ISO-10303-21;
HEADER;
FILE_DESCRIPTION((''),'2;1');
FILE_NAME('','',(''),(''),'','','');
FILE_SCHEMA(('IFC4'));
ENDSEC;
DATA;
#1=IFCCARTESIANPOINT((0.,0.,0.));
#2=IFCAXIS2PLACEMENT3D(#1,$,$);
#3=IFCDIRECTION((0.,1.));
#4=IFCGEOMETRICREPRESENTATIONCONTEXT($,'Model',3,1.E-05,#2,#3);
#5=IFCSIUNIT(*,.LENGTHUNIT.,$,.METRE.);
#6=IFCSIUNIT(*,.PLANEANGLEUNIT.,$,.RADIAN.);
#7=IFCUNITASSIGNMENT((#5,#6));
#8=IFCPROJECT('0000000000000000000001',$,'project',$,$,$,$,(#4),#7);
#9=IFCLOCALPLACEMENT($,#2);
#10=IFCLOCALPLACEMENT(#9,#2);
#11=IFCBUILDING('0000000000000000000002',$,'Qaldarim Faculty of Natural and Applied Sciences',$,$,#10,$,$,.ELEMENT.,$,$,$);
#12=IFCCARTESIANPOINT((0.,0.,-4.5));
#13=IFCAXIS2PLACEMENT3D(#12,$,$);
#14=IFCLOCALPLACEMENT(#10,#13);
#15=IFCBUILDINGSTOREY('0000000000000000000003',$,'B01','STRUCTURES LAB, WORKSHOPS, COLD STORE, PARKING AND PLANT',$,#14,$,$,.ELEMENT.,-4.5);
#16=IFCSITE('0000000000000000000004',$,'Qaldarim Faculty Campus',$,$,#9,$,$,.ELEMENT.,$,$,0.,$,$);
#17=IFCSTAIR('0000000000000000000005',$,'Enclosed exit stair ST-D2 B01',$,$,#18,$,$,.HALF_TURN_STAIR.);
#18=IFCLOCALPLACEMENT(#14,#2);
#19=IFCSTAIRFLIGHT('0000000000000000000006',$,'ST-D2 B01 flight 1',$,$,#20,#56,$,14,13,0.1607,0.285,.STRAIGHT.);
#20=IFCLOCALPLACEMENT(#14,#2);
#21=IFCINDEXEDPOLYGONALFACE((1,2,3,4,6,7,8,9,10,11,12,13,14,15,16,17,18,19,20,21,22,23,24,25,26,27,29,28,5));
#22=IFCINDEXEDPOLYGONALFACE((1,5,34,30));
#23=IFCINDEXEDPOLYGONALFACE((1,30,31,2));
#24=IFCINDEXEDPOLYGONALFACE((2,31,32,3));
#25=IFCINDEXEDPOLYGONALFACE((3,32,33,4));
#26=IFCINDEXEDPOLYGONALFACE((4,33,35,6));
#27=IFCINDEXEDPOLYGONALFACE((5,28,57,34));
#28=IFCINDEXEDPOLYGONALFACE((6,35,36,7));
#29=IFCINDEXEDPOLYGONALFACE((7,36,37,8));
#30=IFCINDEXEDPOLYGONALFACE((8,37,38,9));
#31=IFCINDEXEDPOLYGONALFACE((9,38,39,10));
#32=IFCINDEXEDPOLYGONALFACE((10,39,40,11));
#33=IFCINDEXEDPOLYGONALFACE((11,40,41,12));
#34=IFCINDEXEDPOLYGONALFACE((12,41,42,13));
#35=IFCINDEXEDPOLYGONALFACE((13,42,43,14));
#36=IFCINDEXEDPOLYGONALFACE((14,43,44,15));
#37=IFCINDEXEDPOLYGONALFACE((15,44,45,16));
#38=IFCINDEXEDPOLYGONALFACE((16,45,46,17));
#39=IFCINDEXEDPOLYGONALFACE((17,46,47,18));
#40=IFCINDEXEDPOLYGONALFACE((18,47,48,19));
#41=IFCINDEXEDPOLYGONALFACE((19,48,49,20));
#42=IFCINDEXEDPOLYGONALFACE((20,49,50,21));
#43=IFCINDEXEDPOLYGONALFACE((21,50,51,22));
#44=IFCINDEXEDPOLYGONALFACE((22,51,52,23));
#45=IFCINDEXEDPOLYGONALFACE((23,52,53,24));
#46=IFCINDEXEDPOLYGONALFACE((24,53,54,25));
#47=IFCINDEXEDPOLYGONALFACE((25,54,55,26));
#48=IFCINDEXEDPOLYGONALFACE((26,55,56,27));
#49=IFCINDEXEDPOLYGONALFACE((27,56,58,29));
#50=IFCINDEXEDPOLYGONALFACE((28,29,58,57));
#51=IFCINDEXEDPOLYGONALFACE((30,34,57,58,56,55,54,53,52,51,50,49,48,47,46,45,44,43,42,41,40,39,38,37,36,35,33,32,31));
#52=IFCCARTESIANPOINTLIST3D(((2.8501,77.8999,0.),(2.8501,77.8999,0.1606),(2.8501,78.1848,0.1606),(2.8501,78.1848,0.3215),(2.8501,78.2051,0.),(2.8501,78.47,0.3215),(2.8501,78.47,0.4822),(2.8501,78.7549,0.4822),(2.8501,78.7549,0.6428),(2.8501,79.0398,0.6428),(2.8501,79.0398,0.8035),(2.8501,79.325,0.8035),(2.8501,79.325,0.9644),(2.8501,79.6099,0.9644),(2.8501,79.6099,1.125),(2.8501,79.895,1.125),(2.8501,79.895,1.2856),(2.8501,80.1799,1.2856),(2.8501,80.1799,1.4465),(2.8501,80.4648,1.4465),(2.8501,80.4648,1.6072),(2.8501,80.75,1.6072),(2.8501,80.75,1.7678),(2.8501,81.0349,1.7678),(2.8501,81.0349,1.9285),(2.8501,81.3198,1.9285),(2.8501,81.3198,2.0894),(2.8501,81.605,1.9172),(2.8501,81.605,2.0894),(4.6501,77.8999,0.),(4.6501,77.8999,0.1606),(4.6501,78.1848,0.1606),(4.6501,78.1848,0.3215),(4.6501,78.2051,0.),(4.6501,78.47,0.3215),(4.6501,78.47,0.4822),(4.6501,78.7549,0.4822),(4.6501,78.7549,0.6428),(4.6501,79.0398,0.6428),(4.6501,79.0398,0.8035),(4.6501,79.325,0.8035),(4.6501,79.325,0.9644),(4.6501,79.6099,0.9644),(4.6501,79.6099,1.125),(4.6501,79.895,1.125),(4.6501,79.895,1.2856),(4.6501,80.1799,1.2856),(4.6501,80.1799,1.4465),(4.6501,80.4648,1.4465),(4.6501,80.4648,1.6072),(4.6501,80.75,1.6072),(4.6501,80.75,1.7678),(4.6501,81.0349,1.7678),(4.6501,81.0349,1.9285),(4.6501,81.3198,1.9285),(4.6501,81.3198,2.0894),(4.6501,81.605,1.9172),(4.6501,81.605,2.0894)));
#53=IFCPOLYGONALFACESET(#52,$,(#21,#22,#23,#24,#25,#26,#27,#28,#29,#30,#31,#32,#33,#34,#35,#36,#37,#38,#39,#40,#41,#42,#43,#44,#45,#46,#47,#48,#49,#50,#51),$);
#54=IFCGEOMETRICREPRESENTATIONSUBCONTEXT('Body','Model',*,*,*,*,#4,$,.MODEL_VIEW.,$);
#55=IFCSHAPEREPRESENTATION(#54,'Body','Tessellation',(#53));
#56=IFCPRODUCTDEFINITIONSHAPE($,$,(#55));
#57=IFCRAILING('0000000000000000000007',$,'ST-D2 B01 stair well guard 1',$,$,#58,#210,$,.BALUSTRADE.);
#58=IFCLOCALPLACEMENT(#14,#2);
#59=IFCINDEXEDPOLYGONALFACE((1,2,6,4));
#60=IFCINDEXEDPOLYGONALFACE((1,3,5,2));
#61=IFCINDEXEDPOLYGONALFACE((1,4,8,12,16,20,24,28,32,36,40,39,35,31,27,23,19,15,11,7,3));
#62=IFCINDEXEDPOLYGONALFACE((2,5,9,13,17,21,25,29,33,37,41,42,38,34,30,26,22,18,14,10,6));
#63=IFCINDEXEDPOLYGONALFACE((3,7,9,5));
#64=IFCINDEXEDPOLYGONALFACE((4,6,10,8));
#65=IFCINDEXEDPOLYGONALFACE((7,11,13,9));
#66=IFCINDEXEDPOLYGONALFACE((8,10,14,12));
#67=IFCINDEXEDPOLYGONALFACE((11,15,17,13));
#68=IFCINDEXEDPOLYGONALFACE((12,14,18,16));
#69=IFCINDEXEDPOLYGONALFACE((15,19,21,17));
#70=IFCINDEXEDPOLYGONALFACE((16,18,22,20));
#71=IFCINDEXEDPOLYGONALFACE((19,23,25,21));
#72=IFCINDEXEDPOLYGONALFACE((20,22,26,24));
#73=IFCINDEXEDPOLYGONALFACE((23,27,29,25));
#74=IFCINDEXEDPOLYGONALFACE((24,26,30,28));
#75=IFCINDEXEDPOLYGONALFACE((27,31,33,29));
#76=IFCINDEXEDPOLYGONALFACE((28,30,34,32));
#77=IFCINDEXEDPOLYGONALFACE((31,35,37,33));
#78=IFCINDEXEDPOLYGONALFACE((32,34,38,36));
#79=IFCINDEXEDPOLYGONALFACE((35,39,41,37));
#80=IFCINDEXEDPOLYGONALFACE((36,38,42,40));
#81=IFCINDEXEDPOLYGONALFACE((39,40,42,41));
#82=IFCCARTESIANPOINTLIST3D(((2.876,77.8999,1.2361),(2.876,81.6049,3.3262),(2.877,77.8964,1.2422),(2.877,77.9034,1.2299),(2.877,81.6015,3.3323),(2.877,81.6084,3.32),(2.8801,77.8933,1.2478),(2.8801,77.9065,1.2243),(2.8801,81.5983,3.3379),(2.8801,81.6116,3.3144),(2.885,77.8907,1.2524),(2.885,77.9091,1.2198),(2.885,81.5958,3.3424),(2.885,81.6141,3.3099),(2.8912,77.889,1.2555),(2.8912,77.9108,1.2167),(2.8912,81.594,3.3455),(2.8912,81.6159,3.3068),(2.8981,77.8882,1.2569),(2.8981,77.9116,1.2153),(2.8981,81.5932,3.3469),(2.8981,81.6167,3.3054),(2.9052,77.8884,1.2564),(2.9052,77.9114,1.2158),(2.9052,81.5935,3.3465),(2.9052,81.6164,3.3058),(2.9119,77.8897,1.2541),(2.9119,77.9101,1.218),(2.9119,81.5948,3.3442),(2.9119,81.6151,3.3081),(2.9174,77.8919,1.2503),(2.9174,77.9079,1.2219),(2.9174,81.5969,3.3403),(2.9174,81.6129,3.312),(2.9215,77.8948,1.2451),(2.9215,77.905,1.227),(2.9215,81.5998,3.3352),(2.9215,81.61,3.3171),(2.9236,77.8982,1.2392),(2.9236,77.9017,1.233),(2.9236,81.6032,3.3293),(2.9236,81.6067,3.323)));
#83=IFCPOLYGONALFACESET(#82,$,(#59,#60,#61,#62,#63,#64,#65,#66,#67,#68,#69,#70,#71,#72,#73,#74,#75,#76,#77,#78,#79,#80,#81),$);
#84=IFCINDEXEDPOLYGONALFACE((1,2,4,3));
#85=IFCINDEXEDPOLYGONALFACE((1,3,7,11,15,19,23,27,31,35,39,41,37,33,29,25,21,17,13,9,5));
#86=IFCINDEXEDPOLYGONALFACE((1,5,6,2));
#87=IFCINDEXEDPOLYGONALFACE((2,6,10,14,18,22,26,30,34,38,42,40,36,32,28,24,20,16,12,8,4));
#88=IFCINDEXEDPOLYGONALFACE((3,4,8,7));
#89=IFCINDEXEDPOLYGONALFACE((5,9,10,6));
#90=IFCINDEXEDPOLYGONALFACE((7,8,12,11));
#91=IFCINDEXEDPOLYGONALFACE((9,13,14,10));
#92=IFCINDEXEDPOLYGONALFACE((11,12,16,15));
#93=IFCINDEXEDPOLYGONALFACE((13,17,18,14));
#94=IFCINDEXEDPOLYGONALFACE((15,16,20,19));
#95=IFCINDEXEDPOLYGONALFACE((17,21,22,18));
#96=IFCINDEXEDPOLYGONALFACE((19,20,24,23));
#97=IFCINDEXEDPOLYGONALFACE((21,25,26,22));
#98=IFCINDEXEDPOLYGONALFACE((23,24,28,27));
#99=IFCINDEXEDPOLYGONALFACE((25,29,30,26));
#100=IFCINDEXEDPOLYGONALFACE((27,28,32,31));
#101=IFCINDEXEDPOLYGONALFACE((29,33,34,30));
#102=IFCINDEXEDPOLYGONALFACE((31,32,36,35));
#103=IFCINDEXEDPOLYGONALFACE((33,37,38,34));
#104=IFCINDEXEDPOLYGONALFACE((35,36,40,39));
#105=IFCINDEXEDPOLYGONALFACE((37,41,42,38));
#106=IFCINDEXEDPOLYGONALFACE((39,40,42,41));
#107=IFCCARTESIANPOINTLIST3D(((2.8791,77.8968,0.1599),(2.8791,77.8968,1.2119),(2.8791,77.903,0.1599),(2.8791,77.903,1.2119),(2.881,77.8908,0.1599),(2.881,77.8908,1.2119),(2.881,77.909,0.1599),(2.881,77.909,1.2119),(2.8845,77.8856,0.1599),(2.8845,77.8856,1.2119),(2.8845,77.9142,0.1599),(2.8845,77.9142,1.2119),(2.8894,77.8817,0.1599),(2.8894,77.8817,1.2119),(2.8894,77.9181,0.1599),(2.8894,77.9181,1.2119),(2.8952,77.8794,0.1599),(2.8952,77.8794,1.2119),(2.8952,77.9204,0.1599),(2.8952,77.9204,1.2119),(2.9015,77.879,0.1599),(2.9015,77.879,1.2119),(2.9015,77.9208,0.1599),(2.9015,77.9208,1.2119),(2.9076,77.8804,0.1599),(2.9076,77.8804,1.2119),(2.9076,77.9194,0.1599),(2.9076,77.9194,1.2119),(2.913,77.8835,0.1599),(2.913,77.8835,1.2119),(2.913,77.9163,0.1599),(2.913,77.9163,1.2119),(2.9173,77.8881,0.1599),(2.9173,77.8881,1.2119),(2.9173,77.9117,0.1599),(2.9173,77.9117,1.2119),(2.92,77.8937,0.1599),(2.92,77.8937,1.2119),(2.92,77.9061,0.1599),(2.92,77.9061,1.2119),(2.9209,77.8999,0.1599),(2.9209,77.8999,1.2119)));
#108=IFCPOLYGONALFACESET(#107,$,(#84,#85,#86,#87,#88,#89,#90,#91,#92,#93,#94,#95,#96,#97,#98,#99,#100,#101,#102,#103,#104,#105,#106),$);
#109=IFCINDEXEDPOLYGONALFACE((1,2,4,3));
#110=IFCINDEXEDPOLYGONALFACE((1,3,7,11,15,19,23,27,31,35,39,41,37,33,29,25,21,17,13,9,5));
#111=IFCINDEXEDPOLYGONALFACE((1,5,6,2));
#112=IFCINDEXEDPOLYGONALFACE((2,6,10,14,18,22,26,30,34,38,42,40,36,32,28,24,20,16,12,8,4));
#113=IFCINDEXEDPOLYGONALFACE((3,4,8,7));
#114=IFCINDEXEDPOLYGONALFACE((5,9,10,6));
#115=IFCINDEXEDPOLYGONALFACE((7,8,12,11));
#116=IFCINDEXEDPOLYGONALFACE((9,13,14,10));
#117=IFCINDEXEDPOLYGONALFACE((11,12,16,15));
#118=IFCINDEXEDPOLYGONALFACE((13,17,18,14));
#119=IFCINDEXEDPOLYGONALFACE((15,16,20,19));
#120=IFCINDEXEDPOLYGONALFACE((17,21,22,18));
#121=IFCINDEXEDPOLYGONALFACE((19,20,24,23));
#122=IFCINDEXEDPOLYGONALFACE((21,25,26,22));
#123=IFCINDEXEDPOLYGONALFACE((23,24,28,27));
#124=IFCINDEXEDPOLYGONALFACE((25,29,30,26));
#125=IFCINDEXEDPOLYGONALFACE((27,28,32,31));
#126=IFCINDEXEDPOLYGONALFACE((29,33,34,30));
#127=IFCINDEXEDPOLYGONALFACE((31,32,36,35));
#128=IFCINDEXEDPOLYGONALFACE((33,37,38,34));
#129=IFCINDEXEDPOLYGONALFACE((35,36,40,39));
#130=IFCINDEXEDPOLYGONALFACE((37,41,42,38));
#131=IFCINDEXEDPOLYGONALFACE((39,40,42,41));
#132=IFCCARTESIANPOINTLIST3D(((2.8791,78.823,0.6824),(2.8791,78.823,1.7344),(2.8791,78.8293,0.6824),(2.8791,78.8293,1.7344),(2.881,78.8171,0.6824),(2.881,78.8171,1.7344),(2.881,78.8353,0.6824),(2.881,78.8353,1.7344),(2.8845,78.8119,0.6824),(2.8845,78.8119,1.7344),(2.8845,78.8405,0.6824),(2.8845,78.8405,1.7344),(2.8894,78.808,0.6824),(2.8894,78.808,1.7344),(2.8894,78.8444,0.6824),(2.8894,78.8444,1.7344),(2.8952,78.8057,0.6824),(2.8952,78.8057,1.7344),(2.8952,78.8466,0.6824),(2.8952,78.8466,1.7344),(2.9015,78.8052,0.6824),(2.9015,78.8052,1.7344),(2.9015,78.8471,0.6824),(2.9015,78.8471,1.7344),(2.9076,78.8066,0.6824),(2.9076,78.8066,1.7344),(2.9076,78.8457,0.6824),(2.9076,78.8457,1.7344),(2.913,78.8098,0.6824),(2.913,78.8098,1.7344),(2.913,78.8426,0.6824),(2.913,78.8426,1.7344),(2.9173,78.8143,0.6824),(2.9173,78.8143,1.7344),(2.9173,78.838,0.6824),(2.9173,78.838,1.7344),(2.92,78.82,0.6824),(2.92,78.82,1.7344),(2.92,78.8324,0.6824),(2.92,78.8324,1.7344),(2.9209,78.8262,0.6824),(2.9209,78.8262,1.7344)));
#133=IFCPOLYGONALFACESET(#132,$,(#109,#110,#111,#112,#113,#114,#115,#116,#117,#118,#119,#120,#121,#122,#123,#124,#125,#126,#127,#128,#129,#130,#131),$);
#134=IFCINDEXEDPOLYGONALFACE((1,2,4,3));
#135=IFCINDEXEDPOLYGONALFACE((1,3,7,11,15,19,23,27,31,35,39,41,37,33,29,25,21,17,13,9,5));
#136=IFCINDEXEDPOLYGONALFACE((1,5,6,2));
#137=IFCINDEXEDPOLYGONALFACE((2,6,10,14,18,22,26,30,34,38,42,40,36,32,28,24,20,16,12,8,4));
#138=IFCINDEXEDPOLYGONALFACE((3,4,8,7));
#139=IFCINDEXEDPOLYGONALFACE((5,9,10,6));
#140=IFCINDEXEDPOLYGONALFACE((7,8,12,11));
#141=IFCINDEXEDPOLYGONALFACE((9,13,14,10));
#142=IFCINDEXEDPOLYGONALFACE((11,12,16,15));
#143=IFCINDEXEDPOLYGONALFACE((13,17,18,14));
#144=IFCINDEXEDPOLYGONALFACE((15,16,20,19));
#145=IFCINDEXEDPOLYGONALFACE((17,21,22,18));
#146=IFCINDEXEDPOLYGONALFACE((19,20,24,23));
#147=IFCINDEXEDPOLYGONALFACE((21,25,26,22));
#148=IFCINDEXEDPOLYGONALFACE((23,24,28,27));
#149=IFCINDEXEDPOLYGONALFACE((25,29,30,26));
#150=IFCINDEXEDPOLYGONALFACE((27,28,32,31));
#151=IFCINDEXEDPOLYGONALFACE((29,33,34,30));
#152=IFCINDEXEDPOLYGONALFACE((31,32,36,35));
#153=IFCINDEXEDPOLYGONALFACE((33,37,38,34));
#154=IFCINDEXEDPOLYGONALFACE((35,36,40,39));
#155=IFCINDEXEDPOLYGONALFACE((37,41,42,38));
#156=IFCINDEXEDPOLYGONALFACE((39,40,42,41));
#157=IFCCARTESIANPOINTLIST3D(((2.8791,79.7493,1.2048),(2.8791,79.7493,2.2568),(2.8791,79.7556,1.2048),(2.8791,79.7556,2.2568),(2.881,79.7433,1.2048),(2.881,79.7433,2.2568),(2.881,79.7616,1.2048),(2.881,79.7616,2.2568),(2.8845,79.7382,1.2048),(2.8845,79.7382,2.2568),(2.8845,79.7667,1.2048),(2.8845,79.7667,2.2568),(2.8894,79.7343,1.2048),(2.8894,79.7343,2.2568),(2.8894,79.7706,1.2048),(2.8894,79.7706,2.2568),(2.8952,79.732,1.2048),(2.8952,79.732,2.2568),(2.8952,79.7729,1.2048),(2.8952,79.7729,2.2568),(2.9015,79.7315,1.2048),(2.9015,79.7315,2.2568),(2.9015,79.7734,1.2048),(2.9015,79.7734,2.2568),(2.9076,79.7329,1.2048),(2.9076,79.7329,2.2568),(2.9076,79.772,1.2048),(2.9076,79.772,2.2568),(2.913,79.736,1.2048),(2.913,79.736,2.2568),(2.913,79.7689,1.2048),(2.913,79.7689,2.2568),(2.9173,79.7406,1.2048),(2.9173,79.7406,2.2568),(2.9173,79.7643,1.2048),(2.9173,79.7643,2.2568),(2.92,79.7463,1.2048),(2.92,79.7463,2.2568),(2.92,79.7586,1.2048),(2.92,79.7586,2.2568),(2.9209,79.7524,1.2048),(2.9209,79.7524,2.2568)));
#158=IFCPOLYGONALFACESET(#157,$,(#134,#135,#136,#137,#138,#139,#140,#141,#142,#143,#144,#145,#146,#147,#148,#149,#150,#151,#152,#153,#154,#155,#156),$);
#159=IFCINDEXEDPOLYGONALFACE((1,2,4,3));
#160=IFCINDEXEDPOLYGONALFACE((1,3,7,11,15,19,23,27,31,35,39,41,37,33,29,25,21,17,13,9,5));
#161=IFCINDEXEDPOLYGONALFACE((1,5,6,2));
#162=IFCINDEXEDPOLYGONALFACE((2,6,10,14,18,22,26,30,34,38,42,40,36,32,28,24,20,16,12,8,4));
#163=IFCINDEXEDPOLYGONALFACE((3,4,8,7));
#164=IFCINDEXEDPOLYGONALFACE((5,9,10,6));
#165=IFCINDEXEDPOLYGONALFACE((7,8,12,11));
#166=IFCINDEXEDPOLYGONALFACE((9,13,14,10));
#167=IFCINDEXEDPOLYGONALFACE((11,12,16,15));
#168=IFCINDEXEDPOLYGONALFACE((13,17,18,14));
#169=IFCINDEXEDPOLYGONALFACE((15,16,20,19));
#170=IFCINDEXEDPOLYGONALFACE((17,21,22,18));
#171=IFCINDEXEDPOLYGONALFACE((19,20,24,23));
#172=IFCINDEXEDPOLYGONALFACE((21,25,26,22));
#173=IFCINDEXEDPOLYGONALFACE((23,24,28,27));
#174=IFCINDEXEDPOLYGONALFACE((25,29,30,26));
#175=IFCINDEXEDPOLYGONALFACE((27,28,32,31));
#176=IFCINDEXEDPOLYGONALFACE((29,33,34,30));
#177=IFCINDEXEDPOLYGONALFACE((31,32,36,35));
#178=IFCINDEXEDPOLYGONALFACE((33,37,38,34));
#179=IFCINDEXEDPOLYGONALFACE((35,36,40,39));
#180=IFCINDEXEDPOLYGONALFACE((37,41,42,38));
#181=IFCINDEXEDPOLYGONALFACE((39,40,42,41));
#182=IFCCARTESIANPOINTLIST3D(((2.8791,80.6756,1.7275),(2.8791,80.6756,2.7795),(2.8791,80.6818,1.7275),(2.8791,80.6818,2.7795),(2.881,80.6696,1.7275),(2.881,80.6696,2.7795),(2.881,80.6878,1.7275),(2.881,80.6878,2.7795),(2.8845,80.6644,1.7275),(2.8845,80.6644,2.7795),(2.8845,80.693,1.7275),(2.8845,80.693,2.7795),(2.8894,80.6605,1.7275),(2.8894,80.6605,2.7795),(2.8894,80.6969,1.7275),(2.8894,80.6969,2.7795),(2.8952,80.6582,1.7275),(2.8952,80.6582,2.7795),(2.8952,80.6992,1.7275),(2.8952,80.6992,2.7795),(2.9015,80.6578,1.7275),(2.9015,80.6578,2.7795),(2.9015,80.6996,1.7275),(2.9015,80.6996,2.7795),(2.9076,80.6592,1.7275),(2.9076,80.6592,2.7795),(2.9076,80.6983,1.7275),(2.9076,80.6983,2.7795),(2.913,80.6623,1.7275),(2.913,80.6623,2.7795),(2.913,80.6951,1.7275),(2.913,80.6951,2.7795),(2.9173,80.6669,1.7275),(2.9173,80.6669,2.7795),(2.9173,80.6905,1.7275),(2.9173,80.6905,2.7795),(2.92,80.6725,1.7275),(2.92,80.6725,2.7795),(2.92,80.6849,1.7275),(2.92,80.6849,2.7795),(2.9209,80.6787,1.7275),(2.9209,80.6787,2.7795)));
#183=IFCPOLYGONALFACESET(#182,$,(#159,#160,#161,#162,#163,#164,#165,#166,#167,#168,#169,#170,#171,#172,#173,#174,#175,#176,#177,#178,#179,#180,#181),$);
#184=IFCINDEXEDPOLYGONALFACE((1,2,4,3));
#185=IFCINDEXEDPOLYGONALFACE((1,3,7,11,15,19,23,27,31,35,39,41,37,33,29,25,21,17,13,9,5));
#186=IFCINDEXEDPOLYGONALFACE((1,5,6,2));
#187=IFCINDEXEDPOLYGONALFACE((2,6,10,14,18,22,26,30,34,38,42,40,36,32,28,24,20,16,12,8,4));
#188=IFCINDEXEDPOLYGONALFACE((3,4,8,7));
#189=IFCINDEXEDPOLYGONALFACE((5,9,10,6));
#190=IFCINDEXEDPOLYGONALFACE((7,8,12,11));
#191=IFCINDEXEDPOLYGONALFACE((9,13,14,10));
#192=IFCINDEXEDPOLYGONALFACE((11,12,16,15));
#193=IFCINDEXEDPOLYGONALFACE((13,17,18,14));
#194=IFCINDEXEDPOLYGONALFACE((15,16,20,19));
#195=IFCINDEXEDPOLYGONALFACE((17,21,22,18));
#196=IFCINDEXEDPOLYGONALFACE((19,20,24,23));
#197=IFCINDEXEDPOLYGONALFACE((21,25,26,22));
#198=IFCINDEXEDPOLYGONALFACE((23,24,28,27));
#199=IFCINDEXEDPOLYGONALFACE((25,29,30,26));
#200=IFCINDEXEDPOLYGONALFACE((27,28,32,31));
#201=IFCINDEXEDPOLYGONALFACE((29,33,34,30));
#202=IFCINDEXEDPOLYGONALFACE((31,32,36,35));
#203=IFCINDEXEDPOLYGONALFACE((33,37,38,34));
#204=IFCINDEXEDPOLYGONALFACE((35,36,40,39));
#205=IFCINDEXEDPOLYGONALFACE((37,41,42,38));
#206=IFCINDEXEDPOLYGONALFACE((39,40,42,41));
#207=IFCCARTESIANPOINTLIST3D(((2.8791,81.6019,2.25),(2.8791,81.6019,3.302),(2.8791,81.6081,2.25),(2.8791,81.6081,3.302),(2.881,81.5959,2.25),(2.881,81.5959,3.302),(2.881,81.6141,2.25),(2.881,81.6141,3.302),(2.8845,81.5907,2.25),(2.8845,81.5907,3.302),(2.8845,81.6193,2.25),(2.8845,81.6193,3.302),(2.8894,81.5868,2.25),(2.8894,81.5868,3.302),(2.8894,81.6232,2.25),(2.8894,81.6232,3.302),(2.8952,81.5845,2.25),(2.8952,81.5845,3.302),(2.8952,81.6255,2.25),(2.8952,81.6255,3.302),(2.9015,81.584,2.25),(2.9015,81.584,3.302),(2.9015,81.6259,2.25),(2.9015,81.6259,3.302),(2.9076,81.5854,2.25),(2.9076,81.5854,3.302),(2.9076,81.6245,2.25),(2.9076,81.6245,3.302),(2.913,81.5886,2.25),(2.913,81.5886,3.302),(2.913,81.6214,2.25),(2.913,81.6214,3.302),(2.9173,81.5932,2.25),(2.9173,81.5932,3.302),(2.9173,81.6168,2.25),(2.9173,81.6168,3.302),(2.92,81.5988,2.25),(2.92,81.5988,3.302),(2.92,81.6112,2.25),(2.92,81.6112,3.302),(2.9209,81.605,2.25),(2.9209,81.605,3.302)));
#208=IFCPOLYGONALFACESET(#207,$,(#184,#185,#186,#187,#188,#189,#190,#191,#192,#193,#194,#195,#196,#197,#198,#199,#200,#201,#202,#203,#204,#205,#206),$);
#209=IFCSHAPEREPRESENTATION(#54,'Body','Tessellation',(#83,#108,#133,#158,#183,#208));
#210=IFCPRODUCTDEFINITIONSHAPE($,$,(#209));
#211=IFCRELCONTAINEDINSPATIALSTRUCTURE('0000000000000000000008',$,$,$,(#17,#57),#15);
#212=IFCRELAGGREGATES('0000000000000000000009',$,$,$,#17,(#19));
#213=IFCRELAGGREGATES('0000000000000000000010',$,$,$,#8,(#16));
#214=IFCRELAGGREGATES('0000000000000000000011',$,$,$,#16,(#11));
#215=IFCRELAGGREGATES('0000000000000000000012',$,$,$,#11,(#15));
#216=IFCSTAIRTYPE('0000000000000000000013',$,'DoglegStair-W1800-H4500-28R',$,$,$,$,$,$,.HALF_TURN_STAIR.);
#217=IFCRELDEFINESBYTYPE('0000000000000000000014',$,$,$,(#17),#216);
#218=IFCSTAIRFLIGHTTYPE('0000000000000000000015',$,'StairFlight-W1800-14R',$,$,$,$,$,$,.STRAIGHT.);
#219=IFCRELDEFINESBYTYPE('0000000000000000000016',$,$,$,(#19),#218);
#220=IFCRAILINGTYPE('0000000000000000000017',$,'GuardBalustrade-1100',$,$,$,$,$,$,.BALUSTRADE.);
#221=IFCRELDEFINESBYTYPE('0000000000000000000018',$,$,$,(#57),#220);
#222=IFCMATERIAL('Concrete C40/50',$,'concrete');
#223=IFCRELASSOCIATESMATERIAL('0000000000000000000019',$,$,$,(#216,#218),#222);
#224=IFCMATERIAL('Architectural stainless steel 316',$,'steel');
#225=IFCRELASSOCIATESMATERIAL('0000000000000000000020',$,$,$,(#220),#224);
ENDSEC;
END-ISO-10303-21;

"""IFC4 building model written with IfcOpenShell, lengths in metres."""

from ifc_helpers import new_model, si_unit, direction, frame, origin, origin_2d, place, context, subcontext, project, spatial, polyline, circle, outline, extrude, material, type_object, element, aggregate, save


model = new_model("IFC4")

# Units and contexts
model_context = context("Model", 3, precision=1e-05, world=origin(), true_north=direction((0.0, 1.0)))
body_context = subcontext(model_context, "Body", "Model", "MODEL_VIEW")
ifc_project = project(units=[si_unit("LENGTHUNIT", "METRE"), si_unit("PLANEANGLEUNIT", "RADIAN")], contexts=[model_context])

# Site, building, storey
site_placement = place(None, origin())
site = spatial("IfcSite", under=ifc_project, at=site_placement, Name="Qaldarim Faculty Campus", CompositionType="ELEMENT", RefElevation=0.0)
building_placement = place(site_placement, origin())
building = spatial("IfcBuilding", under=site, at=building_placement, Name="Qaldarim Faculty of Natural and Applied Sciences", CompositionType="ELEMENT")
storey_placement = place(building_placement, frame((0.0, 0.0, -4.5)))
storey = spatial("IfcBuildingStorey", under=building, at=storey_placement, Name="B01", Description="STRUCTURES LAB, WORKSHOPS, COLD STORE, PARKING AND PLANT", CompositionType="ELEMENT", Elevation=-4.5)

# Shared definitions
ifc_material_1 = material(Name="Concrete C40/50", Category="concrete")

# Shared definitions
ifc_material_2 = material(Name="Architectural stainless steel 316", Category="steel")

# Stair, stair flight
stair_type = type_object("IfcStairType", Name="DoglegStair-W1800-H4500-28R", PredefinedType="HALF_TURN_STAIR", material=ifc_material_1)
stair_placement = place(storey_placement, origin())
stair = element("IfcStair", 1, at=stair_placement, inside=storey, type_object=stair_type, Name="Enclosed exit stair ST-D2 B01", PredefinedType="HALF_TURN_STAIR")
stair_flight_type = type_object("IfcStairFlightType", Name="StairFlight-W1800-14R", PredefinedType="STRAIGHT", material=ifc_material_1)
stair_flight_placement = place(storey_placement, frame((3.75, 77.8999, 0.0), z_axis=(0.0, 0.0, 1.0), x_axis=(0.0, 1.0, 0.0)))
stair_flight = element("IfcStairFlight", 2, at=stair_flight_placement, type_object=stair_flight_type, Name="ST-D2 B01 flight 1", NumberOfRisers=14, NumberOfTreads=13, PredefinedType="STRAIGHT", RiserHeight=0.1607, TreadLength=0.285, context=body_context, shape_type="SweptSolid", body=[
    extrude(outline(polyline([(0.0, 0.0), (0.0, 0.1606), (0.2849, 0.1606), (0.2849, 0.3215), (0.5701, 0.3215), (0.5701, 0.4822), (0.855, 0.4822), (0.855, 0.6428), (1.1399, 0.6428), (1.1399, 0.8035), (1.425, 0.8035), (1.425, 0.9644), (1.71, 0.9644), (1.71, 1.125), (1.9951, 1.125), (1.9951, 1.2856), (2.28, 1.2856), (2.28, 1.4465), (2.5649, 1.4465), (2.5649, 1.6072), (2.8501, 1.6072), (2.8501, 1.7678), (3.135, 1.7678), (3.135, 1.9285), (3.4199, 1.9285), (3.4199, 2.0894), (3.7051, 2.0894), (3.7051, 2.25), (3.7051, 1.9172), (0.3052, 0.0), (0.0, 0.0)])), frame((0.0, 0.8999, 0.0), z_axis=(0.0, -1.0, 0.0), x_axis=(1.0, 0.0, 0.0)), (0.0, 0.0, 1.0), 1.8),
])
aggregate(stair, [stair_flight])

# Railing
railing_type_1 = type_object("IfcRailingType", Name="GuardBalustrade-1100", PredefinedType="BALUSTRADE", material=ifc_material_2)
railing_1_placement = place(storey_placement, frame((2.8999, 77.8999, 0.1599)))
element("IfcRailing", 3, at=railing_1_placement, inside=storey, type_object=railing_type_1, Name="ST-D2 B01 stair well guard 1", PredefinedType="BALUSTRADE", context=body_context, shape_type="SweptSolid", body=[
    extrude(circle(Radius=0.0239, at=origin_2d()), frame((0.0, 0.0, 1.0762), z_axis=(0.0, 0.870974, 0.491329), x_axis=(-1.0, 0.0, 0.0)), (0.0, 0.0, 1.0), 4.2539),
    extrude(circle(Radius=0.021, at=origin_2d()), origin(), (0.0, 0.0, 1.0), 1.052),
    extrude(circle(Radius=0.021, at=origin_2d()), frame((0.0, 0.9263, 0.5225)), (0.0, 0.0, 1.0), 1.052),
    extrude(circle(Radius=0.021, at=origin_2d()), frame((0.0, 1.8525, 1.0449)), (0.0, 0.0, 1.0), 1.052),
    extrude(circle(Radius=0.021, at=origin_2d()), frame((0.0, 2.7788, 1.5676)), (0.0, 0.0, 1.0), 1.052),
    extrude(circle(Radius=0.021, at=origin_2d()), frame((0.0, 3.7051, 2.0901)), (0.0, 0.0, 1.0), 1.052),
])

save(model, "model.ifc")
